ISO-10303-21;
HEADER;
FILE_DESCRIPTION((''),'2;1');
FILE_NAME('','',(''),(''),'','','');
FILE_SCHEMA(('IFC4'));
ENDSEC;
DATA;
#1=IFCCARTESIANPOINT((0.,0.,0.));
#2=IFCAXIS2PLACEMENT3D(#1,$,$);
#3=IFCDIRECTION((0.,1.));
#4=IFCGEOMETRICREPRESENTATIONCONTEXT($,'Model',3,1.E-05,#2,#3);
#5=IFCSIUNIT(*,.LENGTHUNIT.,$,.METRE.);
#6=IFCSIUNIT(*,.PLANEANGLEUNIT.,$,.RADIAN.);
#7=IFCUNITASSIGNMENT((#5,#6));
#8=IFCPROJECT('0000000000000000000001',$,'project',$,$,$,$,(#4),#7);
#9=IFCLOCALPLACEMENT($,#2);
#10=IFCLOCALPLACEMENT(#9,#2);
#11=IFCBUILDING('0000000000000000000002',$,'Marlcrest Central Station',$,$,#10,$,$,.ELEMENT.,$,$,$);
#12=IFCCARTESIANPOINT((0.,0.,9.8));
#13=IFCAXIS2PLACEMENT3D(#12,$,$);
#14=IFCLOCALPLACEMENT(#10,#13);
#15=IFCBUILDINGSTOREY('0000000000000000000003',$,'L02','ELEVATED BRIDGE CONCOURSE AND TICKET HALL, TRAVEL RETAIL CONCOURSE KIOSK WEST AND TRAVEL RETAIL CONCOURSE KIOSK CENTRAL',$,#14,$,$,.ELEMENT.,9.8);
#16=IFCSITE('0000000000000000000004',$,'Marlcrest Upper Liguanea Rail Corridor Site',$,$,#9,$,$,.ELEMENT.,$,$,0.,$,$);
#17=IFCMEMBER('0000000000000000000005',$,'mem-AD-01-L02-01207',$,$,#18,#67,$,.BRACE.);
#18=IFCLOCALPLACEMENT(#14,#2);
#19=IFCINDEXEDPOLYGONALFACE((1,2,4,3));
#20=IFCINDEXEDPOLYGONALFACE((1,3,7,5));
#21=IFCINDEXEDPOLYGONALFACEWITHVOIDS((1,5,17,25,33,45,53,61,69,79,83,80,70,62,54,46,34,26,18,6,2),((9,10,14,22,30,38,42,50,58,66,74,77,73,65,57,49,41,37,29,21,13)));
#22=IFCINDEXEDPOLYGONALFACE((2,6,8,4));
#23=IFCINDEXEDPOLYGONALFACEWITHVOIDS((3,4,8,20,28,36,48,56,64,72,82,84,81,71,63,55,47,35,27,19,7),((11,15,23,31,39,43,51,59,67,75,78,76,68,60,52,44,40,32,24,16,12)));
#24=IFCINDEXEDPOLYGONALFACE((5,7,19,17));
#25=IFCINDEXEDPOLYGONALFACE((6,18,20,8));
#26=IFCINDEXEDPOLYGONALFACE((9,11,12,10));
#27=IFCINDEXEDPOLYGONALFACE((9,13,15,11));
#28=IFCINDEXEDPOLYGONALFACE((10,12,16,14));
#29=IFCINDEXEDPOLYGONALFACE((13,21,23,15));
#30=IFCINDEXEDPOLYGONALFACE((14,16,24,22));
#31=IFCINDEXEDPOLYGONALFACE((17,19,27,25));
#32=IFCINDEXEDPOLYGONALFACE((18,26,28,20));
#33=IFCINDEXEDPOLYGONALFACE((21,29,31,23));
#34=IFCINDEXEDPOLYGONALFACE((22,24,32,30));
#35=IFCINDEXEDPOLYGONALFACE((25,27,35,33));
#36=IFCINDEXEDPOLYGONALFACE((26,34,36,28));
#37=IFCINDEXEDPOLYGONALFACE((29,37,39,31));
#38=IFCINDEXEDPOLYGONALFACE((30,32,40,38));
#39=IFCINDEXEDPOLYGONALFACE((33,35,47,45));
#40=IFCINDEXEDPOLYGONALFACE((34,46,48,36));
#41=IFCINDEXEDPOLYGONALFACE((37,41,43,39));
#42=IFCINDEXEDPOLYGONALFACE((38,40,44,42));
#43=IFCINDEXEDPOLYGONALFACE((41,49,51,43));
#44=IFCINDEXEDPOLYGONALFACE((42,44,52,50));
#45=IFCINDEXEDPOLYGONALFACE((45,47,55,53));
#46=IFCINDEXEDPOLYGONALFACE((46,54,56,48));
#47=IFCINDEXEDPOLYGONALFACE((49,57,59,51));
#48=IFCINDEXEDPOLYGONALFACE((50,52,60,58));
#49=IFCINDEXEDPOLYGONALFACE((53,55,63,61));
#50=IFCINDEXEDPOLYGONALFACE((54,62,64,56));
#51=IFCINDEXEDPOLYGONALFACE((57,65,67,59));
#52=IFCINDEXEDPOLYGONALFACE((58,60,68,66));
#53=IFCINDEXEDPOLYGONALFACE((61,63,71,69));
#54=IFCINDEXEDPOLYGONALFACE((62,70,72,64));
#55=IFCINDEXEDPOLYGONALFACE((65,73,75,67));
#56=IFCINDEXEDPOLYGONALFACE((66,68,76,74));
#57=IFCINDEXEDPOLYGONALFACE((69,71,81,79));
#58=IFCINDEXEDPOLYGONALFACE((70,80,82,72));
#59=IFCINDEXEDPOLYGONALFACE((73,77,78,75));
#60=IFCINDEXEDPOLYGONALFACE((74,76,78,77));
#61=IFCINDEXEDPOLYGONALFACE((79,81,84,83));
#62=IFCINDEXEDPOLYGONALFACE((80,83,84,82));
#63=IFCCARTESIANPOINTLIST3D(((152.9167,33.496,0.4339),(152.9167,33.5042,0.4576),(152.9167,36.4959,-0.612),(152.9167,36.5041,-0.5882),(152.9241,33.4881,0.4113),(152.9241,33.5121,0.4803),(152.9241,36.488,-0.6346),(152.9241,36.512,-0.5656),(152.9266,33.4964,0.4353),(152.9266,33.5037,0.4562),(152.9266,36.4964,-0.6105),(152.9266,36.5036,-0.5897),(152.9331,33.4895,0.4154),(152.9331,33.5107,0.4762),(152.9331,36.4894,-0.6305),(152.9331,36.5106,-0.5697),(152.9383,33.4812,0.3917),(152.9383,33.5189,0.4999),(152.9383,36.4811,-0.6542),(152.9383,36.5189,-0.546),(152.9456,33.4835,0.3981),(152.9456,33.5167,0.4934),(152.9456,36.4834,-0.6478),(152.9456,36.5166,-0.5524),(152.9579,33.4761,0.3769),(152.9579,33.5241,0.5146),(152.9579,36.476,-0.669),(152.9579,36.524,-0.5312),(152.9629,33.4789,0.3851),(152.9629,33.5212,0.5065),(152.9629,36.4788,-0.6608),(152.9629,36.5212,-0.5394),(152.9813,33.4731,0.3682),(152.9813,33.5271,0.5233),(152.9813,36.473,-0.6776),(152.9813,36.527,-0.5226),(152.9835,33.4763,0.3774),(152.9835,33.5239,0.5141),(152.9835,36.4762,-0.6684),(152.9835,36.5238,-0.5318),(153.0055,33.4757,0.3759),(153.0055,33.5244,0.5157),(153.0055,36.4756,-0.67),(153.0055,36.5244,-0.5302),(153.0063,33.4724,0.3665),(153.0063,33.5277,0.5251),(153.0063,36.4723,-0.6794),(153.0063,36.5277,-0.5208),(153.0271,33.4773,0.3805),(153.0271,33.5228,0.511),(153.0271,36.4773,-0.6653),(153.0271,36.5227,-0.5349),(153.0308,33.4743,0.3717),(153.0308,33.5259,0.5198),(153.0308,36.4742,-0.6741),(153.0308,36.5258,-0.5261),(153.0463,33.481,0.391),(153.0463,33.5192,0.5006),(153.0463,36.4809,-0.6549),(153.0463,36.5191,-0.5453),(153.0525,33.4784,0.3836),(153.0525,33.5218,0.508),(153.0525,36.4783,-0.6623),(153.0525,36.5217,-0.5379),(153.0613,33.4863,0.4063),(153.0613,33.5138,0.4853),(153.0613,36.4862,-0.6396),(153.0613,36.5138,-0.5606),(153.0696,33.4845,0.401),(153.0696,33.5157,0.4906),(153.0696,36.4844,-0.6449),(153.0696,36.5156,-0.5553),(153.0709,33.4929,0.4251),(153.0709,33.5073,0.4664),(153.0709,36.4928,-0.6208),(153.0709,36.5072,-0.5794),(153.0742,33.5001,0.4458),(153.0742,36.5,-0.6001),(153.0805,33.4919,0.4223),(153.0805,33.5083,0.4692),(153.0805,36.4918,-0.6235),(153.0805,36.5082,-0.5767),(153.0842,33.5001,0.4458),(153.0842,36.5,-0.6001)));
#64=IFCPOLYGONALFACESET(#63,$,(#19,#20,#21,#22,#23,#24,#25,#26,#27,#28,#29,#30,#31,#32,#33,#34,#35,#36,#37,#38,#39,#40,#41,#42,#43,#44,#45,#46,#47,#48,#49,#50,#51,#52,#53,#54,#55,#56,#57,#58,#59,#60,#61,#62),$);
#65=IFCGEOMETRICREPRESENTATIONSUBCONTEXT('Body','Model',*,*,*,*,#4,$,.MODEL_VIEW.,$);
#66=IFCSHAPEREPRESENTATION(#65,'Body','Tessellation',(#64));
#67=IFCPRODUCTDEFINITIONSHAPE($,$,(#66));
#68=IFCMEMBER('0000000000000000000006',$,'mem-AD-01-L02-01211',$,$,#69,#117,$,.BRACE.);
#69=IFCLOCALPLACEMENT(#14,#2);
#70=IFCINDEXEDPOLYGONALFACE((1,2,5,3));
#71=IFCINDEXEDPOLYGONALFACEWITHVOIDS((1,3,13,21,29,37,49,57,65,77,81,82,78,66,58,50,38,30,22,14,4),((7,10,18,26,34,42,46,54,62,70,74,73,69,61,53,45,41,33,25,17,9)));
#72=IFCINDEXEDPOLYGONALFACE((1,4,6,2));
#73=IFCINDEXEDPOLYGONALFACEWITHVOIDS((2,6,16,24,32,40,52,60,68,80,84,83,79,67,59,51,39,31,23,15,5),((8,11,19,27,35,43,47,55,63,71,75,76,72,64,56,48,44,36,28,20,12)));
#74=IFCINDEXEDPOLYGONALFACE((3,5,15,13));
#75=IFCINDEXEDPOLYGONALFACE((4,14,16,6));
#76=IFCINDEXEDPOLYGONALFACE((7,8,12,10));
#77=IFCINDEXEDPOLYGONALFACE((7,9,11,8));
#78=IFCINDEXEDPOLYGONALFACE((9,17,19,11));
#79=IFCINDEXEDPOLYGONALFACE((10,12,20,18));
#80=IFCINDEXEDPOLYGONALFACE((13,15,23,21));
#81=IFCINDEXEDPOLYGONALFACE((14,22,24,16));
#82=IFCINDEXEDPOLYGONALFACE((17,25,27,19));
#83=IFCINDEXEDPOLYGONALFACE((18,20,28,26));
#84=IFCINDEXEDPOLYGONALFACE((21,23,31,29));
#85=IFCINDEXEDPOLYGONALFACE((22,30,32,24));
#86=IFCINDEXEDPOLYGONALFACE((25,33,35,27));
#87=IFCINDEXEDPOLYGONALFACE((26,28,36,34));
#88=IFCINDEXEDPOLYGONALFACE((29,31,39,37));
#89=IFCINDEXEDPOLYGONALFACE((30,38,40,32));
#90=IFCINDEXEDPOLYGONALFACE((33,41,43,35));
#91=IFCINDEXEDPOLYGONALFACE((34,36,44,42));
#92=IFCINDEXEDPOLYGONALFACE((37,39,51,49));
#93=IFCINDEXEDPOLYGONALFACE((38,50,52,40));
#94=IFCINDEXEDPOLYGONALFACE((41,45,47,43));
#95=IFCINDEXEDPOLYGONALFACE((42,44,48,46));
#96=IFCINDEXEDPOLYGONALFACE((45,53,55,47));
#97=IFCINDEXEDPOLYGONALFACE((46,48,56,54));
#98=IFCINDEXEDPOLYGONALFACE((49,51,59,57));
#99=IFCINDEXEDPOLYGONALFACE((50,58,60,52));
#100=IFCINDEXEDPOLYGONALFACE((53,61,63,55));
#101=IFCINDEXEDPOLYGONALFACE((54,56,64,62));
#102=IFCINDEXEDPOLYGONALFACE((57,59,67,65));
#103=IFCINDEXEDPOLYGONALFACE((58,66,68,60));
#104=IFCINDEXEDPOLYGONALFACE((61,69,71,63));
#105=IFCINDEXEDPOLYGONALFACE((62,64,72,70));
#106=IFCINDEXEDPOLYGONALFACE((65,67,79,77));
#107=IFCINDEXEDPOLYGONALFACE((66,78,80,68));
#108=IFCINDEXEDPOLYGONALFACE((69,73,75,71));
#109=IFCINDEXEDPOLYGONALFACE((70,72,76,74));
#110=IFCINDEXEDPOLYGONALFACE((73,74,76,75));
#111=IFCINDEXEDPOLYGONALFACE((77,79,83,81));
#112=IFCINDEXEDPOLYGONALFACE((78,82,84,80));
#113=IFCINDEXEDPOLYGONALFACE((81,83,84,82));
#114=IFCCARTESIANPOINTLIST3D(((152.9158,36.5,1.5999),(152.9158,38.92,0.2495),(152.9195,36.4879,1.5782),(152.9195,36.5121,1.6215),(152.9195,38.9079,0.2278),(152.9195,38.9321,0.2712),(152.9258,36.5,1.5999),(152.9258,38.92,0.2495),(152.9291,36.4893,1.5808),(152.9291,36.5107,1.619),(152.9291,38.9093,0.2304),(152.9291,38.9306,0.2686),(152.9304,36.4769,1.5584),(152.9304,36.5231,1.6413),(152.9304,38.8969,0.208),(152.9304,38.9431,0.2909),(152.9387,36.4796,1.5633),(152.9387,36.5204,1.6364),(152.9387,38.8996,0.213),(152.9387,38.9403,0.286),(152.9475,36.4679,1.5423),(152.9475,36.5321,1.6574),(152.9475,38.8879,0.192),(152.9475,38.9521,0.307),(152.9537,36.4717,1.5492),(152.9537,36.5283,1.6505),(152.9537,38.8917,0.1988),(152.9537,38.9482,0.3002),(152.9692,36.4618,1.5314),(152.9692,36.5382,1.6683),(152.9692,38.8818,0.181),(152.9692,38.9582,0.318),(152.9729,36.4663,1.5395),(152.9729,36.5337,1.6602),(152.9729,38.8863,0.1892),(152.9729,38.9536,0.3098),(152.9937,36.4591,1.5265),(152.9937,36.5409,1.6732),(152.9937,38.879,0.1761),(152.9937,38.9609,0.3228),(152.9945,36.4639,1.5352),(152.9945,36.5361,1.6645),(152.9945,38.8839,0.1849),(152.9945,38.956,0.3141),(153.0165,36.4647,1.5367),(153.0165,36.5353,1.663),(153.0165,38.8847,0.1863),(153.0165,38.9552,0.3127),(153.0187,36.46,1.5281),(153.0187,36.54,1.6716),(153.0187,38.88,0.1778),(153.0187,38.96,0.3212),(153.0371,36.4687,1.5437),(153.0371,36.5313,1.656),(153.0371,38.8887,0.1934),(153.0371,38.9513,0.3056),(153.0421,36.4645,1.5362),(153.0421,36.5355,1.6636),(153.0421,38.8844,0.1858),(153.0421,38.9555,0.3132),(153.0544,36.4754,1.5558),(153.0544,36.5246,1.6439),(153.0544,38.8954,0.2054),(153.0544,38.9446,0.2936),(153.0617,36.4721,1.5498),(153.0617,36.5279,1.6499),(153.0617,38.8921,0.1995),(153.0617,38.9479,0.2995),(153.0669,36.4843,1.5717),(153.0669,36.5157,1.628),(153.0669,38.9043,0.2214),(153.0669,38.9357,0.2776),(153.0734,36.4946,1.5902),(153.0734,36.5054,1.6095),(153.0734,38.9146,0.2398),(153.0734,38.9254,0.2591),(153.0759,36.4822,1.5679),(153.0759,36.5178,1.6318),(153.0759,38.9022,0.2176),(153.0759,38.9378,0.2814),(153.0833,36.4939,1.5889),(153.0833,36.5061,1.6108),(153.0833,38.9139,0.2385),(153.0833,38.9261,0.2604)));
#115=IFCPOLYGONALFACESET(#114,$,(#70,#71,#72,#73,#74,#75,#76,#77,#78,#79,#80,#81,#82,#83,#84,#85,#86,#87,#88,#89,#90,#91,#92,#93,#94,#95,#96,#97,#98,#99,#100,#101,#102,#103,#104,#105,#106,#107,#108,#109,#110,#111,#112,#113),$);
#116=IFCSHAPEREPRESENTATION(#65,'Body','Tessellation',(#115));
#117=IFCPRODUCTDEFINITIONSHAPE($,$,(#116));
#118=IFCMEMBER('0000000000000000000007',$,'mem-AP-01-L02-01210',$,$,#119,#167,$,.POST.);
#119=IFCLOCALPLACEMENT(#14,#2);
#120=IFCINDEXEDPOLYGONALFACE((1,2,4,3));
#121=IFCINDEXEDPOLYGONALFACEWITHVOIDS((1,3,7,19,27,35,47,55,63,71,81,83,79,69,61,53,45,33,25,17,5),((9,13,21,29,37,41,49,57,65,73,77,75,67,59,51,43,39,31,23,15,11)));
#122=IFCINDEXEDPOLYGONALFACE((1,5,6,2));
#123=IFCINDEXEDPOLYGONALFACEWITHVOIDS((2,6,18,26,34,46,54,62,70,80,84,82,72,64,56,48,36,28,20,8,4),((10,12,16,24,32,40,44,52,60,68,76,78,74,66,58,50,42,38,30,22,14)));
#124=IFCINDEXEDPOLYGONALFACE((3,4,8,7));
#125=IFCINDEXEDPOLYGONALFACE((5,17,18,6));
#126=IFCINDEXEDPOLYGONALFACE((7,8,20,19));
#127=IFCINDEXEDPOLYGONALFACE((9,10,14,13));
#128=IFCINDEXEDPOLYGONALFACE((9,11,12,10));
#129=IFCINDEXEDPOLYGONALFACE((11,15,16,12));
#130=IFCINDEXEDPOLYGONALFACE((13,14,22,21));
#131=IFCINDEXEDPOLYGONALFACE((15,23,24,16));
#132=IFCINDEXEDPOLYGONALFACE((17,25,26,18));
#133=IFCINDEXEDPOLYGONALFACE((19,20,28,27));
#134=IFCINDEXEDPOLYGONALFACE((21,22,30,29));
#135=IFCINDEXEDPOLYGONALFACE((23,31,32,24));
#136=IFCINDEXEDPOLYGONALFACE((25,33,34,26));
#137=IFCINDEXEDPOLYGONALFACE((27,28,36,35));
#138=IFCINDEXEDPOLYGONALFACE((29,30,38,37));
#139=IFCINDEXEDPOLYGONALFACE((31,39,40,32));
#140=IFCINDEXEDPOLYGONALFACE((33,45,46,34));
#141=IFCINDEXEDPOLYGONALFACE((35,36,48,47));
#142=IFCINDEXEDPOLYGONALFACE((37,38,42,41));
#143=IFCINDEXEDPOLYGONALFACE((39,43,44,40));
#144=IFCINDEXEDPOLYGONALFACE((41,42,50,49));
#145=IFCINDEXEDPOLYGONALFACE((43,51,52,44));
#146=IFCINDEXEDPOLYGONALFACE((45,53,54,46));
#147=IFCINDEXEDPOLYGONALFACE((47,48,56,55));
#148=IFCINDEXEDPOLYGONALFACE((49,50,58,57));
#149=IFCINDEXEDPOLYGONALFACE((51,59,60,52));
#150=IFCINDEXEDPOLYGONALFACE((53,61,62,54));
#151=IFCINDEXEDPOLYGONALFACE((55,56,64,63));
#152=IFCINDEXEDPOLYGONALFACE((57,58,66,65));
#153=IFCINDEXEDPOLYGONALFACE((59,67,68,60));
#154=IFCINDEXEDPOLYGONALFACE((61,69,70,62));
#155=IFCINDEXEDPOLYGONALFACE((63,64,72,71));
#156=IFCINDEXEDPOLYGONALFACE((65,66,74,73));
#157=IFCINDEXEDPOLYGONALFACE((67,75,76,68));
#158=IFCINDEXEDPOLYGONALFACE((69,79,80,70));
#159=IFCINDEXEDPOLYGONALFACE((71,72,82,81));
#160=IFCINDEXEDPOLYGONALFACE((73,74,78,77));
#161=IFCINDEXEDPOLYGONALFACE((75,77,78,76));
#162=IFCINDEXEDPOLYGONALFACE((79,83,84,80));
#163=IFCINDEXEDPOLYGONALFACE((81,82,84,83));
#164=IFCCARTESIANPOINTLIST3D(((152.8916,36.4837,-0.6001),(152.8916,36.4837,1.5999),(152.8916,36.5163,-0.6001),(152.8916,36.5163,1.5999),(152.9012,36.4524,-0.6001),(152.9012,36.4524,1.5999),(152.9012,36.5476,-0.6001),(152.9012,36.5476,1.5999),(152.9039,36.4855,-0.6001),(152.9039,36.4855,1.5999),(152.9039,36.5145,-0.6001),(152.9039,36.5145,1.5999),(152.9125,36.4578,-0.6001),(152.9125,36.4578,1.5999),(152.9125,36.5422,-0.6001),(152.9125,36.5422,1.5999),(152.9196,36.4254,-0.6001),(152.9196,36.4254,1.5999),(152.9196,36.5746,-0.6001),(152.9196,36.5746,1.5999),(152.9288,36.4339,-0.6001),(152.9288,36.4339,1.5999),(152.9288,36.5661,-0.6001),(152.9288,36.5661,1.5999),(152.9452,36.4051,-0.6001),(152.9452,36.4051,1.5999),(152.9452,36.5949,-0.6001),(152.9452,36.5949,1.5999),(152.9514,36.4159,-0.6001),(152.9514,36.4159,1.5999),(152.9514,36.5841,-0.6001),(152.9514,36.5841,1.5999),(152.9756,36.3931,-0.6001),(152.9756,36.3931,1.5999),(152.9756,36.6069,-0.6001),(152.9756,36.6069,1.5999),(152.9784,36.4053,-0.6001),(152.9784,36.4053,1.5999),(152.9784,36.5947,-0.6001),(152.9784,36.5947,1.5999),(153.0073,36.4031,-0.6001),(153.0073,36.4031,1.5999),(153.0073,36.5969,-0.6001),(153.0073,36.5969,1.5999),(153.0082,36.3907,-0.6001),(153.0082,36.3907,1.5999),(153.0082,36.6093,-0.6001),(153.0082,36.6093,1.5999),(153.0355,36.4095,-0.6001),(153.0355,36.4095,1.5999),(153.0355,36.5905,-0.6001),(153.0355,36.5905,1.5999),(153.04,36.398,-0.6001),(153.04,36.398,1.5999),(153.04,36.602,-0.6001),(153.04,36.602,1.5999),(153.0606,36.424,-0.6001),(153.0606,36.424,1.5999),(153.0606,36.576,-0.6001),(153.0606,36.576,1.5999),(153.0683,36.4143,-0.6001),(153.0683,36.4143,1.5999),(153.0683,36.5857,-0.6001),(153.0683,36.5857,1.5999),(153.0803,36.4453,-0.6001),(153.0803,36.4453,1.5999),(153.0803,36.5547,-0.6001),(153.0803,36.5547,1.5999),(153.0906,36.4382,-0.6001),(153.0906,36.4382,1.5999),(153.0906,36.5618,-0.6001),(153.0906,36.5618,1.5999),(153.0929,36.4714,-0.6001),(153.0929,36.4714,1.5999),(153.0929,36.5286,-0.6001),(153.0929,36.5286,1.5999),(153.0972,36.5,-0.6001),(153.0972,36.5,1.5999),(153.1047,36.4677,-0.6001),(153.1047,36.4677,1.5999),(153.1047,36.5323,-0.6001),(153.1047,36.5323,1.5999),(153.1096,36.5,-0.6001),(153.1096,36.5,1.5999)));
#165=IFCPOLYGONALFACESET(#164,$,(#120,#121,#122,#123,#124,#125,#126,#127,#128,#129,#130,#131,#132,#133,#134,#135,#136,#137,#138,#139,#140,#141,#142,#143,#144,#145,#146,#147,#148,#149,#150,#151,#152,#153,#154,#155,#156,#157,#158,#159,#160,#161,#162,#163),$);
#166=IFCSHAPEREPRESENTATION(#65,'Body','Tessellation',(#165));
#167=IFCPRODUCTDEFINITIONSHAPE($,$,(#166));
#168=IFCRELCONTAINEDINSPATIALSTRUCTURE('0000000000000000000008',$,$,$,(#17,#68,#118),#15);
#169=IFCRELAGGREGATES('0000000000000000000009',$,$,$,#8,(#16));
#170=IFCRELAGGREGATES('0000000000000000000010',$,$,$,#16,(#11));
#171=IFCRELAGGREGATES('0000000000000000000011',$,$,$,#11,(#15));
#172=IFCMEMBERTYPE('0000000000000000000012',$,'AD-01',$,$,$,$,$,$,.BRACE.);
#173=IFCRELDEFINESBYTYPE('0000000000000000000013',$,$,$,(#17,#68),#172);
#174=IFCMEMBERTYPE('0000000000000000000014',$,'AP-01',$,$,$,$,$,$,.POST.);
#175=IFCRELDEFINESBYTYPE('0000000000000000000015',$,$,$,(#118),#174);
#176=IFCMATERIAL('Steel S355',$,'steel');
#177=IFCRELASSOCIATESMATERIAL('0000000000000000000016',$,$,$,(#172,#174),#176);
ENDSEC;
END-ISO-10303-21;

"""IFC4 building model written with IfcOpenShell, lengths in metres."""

from ifc_helpers import new_model, si_unit, direction, frame, origin, origin_2d, place, context, subcontext, project, spatial, hollow_circle, extrude, material, material_profile, profile_set, type_object, element, save


model = new_model("IFC4")

# Units and contexts
model_context = context("Model", 3, precision=1e-05, world=origin(), true_north=direction((0.0, 1.0)))
body_context = subcontext(model_context, "Body", "Model", "MODEL_VIEW")
ifc_project = project(units=[si_unit("LENGTHUNIT", "METRE"), si_unit("PLANEANGLEUNIT", "RADIAN")], contexts=[model_context])

# Site, building, storey
site_placement = place(None, origin())
site = spatial("IfcSite", under=ifc_project, at=site_placement, Name="Marlcrest Upper Liguanea Rail Corridor Site", CompositionType="ELEMENT", RefElevation=0.0)
building_placement = place(site_placement, origin())
building = spatial("IfcBuilding", under=site, at=building_placement, Name="Marlcrest Central Station", CompositionType="ELEMENT")
storey_placement = place(building_placement, frame((0.0, 0.0, 9.8)))
storey = spatial("IfcBuildingStorey", under=building, at=storey_placement, Name="L02", Description="ELEVATED BRIDGE CONCOURSE AND TICKET HALL, TRAVEL RETAIL CONCOURSE KIOSK WEST AND TRAVEL RETAIL CONCOURSE KIOSK CENTRAL", CompositionType="ELEMENT", Elevation=9.8)

# Members
ifc_material_1 = material(Name="Steel S355", Category="steel")
ifc_material_profile_1 = material_profile(ifc_material_1, hollow_circle(Radius=0.0842, WallThickness=0.01, at=origin_2d()), Name="CHS 168.3x10")
ifc_profile_set_1 = profile_set([ifc_material_profile_1], Name="Steel S355")
member_type_1 = type_object("IfcMemberType", Name="AD-01", PredefinedType="BRACE", material=ifc_profile_set_1)
member_1_placement = place(storey_placement, frame((153.0, 36.5, -0.6001), z_axis=(0.0, -0.94426, 0.3292), x_axis=(1.0, 0.0, 0.0)))
element("IfcMember", 1, at=member_1_placement, inside=storey, type_object=member_type_1, Name="mem-AD-01-L02-01207", PredefinedType="BRACE", context=body_context, shape_type="SweptSolid", body=[
    extrude(hollow_circle(Radius=0.0842, WallThickness=0.01, at=origin_2d()), origin(), (0.0, 0.0, 1.0), 3.177),
])
member_2_placement = place(storey_placement, frame((153.0, 36.5, 1.5999), z_axis=(0.0, 0.873246, -0.48728), x_axis=(-1.0, 0.0, 0.0)))
element("IfcMember", 2, at=member_2_placement, inside=storey, type_object=member_type_1, Name="mem-AD-01-L02-01211", PredefinedType="BRACE", context=body_context, shape_type="SweptSolid", body=[
    extrude(hollow_circle(Radius=0.0842, WallThickness=0.01, at=origin_2d()), origin(), (0.0, 0.0, 1.0), 2.7712),
])
ifc_material_profile_2 = material_profile(ifc_material_1, hollow_circle(Radius=0.1096, WallThickness=0.0125, at=origin_2d()), Name="CHS 219.1x12.5")
ifc_profile_set_2 = profile_set([ifc_material_profile_2], Name="Steel S355")
member_type_2 = type_object("IfcMemberType", Name="AP-01", PredefinedType="POST", material=ifc_profile_set_2)
member_3_placement = place(storey_placement, frame((153.0, 36.5, -0.6001), z_axis=(0.0, 0.0, 1.0), x_axis=(1.0, 0.0, 0.0)))
element("IfcMember", 3, at=member_3_placement, inside=storey, type_object=member_type_2, Name="mem-AP-01-L02-01210", PredefinedType="POST", context=body_context, shape_type="SweptSolid", body=[
    extrude(hollow_circle(Radius=0.1096, WallThickness=0.0125, at=origin_2d()), origin(), (0.0, 0.0, 1.0), 2.2),
])

save(model, "model.ifc")
